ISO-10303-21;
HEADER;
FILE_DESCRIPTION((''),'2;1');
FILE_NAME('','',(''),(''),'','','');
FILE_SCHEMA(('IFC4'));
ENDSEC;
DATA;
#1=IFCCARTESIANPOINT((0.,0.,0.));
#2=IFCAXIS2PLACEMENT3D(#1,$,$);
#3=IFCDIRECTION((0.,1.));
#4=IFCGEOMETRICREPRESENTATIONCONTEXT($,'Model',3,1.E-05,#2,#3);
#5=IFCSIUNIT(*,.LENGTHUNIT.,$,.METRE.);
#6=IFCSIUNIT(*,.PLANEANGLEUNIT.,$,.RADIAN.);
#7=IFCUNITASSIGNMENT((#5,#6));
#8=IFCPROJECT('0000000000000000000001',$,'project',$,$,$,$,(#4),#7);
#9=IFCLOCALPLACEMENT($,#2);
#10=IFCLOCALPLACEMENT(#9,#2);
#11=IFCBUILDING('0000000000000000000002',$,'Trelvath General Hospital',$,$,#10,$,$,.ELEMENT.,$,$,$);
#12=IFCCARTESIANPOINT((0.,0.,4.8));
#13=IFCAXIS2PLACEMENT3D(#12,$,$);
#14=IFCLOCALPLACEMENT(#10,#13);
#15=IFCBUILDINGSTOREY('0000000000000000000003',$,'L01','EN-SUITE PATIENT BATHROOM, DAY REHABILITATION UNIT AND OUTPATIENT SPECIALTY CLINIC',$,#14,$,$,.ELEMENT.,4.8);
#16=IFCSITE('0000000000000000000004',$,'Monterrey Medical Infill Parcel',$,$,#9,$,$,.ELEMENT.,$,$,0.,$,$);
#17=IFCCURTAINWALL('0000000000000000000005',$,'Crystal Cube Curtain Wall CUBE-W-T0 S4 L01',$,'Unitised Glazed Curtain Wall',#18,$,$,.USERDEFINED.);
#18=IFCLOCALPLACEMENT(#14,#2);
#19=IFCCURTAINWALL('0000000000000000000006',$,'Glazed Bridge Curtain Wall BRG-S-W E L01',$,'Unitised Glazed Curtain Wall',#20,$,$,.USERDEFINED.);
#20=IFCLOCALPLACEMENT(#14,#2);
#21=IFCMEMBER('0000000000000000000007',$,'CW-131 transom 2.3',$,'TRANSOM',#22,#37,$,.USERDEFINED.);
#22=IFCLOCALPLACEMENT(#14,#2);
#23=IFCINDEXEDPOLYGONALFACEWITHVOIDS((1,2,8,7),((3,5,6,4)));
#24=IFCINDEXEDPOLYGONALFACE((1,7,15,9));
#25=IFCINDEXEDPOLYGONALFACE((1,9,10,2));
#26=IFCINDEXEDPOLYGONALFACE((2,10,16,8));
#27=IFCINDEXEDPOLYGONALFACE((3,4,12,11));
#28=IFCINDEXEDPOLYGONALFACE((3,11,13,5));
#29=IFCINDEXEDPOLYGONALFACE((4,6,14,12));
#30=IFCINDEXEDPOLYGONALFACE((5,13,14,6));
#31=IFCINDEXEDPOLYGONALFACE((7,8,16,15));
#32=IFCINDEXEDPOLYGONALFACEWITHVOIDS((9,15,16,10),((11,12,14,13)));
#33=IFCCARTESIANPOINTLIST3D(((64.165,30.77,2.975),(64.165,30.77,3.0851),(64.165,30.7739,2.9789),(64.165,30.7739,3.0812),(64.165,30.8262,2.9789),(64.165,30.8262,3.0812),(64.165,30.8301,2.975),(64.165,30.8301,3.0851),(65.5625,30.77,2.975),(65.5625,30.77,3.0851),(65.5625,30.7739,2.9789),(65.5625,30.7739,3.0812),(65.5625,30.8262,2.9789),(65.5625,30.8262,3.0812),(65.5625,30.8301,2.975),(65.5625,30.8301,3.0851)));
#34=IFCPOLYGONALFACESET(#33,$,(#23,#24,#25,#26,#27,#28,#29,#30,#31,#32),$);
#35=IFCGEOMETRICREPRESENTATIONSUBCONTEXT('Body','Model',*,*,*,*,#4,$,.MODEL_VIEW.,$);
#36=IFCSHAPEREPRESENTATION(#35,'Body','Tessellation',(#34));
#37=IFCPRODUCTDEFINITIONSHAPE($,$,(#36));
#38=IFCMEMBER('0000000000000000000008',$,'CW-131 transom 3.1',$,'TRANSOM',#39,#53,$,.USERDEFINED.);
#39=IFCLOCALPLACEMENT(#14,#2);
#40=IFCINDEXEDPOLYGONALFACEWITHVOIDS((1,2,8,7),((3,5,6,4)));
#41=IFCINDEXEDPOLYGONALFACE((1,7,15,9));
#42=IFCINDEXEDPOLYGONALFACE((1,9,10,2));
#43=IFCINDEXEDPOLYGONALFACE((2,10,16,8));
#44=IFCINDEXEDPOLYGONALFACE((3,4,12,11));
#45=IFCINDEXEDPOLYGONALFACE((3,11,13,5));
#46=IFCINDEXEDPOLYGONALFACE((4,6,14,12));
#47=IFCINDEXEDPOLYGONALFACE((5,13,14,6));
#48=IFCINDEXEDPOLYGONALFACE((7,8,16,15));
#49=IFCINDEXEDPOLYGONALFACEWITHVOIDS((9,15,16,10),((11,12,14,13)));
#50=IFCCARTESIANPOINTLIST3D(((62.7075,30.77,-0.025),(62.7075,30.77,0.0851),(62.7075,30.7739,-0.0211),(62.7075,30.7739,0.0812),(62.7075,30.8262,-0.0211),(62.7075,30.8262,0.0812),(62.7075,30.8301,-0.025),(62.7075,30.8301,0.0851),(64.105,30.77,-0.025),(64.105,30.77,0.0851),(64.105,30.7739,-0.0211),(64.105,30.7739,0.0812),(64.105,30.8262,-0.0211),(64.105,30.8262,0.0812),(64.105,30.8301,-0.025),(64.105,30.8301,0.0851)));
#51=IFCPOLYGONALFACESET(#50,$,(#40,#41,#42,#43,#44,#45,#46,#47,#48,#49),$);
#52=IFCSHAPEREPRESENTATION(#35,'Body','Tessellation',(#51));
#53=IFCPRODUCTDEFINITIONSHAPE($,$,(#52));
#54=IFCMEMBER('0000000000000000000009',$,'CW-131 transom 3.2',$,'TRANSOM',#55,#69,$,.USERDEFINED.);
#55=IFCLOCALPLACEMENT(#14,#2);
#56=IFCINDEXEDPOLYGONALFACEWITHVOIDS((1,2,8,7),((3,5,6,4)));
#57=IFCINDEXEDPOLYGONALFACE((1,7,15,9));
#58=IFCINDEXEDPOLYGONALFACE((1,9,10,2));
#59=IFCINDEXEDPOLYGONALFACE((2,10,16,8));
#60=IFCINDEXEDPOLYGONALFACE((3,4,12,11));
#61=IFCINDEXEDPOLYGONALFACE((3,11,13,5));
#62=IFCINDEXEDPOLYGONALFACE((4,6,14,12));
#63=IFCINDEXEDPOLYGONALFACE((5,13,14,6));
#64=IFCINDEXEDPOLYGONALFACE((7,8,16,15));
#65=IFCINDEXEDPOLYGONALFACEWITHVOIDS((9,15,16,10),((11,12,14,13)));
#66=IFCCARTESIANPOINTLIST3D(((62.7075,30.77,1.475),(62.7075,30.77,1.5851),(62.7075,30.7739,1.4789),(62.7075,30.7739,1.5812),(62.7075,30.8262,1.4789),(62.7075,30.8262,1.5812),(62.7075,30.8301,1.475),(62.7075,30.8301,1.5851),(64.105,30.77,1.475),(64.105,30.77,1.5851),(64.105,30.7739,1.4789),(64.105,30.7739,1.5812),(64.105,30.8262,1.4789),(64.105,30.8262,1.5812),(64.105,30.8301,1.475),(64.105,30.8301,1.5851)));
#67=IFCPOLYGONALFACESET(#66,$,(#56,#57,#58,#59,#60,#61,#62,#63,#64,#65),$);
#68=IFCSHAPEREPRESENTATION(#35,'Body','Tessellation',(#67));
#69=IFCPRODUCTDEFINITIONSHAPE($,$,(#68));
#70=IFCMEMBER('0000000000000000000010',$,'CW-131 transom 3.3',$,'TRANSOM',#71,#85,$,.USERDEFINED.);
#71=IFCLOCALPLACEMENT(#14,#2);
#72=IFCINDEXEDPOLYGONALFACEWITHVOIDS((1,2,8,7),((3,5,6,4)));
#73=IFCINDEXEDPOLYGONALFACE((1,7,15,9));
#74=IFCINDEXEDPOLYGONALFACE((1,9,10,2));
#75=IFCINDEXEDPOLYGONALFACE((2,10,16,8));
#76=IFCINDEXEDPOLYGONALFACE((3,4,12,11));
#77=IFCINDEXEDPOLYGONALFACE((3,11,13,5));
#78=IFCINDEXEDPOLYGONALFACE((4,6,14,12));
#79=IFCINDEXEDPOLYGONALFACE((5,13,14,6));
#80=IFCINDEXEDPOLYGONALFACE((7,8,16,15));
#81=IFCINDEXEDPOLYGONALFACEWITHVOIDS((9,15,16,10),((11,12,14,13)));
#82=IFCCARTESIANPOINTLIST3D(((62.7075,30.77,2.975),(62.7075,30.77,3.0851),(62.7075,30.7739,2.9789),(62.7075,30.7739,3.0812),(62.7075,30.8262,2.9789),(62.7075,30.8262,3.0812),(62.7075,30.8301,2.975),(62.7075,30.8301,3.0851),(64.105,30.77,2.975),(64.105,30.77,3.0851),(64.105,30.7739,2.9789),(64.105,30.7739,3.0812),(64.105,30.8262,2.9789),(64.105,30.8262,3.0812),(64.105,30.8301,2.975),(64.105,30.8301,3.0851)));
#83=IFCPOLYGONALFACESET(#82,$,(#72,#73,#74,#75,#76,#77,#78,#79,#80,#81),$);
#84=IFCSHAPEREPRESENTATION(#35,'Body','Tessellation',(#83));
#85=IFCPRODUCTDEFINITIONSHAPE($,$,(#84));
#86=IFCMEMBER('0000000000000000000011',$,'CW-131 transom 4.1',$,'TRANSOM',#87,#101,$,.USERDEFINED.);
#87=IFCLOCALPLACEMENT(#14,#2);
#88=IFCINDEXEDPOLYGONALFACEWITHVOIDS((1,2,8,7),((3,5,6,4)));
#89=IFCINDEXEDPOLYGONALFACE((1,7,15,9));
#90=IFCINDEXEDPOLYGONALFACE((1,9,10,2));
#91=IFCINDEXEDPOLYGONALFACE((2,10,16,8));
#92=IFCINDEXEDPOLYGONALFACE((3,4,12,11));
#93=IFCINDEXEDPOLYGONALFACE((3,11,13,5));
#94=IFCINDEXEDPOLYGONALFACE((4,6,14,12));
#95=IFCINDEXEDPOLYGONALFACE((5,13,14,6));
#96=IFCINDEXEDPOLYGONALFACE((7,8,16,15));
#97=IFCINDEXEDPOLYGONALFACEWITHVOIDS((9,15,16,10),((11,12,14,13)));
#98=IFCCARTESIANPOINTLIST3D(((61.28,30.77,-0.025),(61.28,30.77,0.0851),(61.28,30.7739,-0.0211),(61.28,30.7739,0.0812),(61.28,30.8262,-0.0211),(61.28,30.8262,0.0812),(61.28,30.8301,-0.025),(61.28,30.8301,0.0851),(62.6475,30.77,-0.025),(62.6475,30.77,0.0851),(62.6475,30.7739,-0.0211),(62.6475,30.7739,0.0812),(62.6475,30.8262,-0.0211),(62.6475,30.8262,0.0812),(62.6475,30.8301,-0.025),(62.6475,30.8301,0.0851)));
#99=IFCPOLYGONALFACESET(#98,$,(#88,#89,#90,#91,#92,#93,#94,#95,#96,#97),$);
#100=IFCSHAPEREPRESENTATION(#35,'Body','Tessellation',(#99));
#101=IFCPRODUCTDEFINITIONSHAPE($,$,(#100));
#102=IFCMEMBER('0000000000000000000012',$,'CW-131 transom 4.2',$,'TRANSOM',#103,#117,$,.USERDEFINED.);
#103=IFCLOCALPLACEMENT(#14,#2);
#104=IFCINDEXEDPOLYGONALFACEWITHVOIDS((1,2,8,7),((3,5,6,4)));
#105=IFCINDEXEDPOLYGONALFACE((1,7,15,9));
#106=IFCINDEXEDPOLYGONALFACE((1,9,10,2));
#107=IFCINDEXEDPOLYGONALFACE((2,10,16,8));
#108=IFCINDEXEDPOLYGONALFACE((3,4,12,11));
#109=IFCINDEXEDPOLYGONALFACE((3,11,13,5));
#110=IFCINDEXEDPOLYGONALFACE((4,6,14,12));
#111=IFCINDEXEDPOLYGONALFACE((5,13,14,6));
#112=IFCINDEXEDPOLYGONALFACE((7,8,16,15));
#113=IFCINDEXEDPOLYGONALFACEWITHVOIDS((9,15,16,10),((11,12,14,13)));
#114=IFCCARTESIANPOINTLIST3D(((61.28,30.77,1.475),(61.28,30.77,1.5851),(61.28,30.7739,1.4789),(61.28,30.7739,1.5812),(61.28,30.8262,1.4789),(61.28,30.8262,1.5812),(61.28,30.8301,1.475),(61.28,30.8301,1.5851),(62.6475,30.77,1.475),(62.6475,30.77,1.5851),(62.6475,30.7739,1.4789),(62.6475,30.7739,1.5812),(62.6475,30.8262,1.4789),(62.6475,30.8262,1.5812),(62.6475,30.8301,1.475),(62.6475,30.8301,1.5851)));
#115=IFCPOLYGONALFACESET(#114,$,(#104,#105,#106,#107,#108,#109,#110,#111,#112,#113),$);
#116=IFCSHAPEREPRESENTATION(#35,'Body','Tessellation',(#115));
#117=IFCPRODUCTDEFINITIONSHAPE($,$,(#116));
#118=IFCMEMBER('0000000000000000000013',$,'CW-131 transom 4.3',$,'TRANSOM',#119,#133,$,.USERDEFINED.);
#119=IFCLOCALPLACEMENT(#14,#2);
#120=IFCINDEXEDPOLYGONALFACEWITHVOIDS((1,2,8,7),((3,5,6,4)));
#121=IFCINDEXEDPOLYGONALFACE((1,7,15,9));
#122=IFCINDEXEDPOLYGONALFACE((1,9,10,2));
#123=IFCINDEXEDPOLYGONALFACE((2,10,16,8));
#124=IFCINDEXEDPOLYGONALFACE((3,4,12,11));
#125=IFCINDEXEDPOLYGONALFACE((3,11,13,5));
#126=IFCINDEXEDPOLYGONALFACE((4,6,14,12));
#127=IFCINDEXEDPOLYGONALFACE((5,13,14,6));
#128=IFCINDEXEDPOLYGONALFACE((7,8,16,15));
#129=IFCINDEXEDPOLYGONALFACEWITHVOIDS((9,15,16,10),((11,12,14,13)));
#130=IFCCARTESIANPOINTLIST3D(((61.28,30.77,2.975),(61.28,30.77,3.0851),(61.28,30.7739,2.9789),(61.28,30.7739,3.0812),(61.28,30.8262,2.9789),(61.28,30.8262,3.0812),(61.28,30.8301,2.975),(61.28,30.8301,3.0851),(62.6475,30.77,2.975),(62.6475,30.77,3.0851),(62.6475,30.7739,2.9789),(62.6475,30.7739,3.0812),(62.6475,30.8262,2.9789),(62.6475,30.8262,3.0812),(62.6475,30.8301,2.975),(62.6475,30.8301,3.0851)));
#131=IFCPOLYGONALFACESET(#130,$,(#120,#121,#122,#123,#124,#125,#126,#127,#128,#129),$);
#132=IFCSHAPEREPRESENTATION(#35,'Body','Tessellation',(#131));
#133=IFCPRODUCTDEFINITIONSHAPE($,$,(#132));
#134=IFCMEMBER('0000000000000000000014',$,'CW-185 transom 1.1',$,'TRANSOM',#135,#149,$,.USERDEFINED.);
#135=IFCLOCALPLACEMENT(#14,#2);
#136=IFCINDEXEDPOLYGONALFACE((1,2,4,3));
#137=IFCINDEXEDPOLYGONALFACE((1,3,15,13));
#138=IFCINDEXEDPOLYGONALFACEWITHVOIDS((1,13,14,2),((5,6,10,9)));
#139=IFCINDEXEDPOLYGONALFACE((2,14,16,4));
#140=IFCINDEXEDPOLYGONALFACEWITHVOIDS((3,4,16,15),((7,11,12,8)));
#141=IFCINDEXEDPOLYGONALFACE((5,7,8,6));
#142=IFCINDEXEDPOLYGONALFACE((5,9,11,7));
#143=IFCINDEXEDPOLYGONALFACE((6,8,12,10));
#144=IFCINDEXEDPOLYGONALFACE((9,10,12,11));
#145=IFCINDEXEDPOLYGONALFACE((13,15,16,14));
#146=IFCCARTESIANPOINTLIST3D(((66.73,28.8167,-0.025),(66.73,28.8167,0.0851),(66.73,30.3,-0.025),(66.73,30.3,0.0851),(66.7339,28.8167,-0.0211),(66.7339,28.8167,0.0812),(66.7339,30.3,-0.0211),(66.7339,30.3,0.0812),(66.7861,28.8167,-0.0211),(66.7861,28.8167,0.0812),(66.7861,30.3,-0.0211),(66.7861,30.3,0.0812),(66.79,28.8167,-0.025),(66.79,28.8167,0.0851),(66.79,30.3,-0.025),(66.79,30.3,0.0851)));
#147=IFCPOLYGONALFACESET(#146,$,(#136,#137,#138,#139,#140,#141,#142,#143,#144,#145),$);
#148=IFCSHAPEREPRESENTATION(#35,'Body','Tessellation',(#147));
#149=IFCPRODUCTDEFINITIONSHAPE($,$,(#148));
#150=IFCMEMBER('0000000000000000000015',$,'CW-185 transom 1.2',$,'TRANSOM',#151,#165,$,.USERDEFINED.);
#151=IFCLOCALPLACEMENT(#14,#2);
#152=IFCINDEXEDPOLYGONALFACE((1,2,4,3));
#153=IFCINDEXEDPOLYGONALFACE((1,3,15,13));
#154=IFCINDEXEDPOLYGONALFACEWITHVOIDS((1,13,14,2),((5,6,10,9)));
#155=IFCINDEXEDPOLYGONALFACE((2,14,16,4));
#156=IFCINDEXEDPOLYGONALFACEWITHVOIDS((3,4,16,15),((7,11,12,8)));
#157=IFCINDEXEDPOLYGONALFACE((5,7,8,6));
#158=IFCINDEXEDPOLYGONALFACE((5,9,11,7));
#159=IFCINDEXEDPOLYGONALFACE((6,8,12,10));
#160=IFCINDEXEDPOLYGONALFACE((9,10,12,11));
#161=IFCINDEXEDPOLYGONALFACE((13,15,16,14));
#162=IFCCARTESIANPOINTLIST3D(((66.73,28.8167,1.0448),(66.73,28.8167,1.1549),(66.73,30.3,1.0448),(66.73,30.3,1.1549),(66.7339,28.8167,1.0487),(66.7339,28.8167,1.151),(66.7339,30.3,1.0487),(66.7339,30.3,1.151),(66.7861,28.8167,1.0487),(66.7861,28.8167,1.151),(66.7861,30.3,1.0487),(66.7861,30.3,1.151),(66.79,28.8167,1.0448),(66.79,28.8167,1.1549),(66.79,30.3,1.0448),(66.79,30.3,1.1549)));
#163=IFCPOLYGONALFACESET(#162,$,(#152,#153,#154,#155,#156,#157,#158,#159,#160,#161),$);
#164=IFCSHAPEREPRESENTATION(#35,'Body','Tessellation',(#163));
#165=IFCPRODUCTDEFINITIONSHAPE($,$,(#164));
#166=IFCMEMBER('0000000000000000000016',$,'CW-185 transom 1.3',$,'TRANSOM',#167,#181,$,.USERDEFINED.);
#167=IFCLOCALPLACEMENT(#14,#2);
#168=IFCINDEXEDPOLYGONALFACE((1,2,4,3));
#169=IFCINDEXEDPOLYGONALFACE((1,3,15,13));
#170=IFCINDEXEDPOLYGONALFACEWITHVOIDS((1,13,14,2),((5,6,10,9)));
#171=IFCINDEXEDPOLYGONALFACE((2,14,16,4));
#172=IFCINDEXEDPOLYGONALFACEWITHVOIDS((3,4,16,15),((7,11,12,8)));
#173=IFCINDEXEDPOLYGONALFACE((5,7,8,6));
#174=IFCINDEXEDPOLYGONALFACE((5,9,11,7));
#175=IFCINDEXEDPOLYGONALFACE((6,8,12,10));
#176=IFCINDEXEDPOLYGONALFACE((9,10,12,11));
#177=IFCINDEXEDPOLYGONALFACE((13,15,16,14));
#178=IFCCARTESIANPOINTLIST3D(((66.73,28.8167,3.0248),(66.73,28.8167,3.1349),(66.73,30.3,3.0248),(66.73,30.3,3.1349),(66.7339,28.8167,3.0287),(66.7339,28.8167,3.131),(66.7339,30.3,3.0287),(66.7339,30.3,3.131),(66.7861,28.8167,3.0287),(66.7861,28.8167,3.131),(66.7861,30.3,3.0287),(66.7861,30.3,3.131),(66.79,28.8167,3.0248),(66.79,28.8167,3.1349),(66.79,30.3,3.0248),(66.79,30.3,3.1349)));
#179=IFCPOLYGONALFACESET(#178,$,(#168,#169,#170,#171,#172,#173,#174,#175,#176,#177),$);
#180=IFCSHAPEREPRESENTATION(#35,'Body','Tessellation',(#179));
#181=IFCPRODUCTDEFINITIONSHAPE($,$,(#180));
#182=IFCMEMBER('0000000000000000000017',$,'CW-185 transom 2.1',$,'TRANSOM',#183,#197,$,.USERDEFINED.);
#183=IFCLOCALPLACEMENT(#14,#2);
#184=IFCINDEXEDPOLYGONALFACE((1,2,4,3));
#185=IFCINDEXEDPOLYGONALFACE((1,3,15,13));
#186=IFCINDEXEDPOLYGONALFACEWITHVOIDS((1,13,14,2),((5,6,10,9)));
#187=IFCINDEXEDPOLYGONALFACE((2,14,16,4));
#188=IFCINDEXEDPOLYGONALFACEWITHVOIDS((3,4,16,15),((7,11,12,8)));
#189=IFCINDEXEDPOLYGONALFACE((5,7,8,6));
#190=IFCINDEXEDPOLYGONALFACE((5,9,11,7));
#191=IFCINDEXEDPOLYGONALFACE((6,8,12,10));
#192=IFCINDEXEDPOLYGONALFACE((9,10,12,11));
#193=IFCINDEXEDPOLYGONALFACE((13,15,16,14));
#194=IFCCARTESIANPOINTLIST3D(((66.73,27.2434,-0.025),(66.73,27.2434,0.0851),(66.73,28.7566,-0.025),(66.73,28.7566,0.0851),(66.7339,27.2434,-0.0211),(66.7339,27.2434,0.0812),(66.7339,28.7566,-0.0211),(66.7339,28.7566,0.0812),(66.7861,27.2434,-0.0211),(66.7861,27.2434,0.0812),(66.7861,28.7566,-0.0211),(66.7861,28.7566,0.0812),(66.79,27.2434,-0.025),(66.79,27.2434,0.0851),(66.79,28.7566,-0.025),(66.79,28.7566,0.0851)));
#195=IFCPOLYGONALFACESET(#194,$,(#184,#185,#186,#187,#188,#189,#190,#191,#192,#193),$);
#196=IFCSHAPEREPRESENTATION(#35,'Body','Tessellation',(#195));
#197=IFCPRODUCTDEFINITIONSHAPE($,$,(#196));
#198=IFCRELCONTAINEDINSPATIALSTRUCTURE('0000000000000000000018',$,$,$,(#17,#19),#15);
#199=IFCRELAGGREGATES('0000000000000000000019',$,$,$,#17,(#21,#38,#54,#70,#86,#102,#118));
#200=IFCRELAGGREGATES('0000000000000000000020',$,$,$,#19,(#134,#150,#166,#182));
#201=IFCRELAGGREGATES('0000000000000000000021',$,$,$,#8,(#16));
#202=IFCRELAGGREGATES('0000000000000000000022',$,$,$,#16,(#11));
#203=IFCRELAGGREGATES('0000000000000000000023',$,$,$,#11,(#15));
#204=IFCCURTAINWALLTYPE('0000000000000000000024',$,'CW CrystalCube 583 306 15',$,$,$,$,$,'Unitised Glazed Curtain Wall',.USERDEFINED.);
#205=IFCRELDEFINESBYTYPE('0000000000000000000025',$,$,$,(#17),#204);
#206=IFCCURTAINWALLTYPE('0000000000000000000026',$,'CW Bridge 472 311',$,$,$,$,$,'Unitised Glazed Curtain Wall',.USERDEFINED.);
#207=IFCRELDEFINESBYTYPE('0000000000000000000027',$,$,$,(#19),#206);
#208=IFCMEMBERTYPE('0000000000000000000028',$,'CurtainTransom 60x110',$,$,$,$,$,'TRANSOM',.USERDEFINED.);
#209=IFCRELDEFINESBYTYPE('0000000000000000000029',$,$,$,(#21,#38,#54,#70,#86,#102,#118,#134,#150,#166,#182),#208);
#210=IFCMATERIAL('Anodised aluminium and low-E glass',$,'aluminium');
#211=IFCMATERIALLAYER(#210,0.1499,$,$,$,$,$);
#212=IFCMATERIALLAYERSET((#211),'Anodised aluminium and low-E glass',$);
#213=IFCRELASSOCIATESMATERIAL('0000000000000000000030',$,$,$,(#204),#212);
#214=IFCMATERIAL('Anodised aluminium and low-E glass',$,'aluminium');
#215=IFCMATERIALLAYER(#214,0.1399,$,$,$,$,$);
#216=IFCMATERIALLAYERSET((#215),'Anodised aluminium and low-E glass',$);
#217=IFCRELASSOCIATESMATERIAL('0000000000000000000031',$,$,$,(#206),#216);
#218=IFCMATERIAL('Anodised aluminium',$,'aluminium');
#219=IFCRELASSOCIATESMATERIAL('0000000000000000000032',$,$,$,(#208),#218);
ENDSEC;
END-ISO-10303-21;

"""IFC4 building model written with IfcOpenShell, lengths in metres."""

from ifc_helpers import new_model, si_unit, direction, frame, origin, origin_2d, place, context, subcontext, project, spatial, hollow_rectangle, extrude, material, layer, layer_set, material_profile, profile_set, type_object, element, aggregate, save


model = new_model("IFC4")

# Units and contexts
model_context = context("Model", 3, precision=1e-05, world=origin(), true_north=direction((0.0, 1.0)))
body_context = subcontext(model_context, "Body", "Model", "MODEL_VIEW")
ifc_project = project(units=[si_unit("LENGTHUNIT", "METRE"), si_unit("PLANEANGLEUNIT", "RADIAN")], contexts=[model_context])

# Site, building, storey
site_placement = place(None, origin())
site = spatial("IfcSite", under=ifc_project, at=site_placement, Name="Monterrey Medical Infill Parcel", CompositionType="ELEMENT", RefElevation=0.0)
building_placement = place(site_placement, origin())
building = spatial("IfcBuilding", under=site, at=building_placement, Name="Trelvath General Hospital", CompositionType="ELEMENT")
storey_placement = place(building_placement, frame((0.0, 0.0, 4.8)))
storey = spatial("IfcBuildingStorey", under=building, at=storey_placement, Name="L01", Description="EN-SUITE PATIENT BATHROOM, DAY REHABILITATION UNIT AND OUTPATIENT SPECIALTY CLINIC", CompositionType="ELEMENT", Elevation=4.8)

# Curtain walls
ifc_material_1 = material(Name="Anodised aluminium and low-E glass", Category="aluminium")
ifc_layer_1 = layer(ifc_material_1, 0.1499)
ifc_layer_set_1 = layer_set([ifc_layer_1], Name="Anodised aluminium and low-E glass")
curtain_wall_type_1 = type_object("IfcCurtainWallType", Name="CW CrystalCube 583 306 15", ElementType="Unitised Glazed Curtain Wall", PredefinedType="USERDEFINED", material=ifc_layer_set_1)
curtain_wall_1_placement = place(storey_placement, origin())
curtain_wall_1 = element("IfcCurtainWall", 1, at=curtain_wall_1_placement, inside=storey, type_object=curtain_wall_type_1, Name="Crystal Cube Curtain Wall CUBE-W-T0 S4 L01", ObjectType="Unitised Glazed Curtain Wall", PredefinedType="USERDEFINED")
ifc_material_2 = material(Name="Anodised aluminium and low-E glass", Category="aluminium")
ifc_layer_2 = layer(ifc_material_2, 0.1399)
ifc_layer_set_2 = layer_set([ifc_layer_2], Name="Anodised aluminium and low-E glass")
curtain_wall_type_2 = type_object("IfcCurtainWallType", Name="CW Bridge 472 311", ElementType="Unitised Glazed Curtain Wall", PredefinedType="USERDEFINED", material=ifc_layer_set_2)
curtain_wall_2_placement = place(storey_placement, origin())
curtain_wall_2 = element("IfcCurtainWall", 2, at=curtain_wall_2_placement, inside=storey, type_object=curtain_wall_type_2, Name="Glazed Bridge Curtain Wall BRG-S-W E L01", ObjectType="Unitised Glazed Curtain Wall", PredefinedType="USERDEFINED")

# Members
ifc_material_3 = material(Name="Anodised aluminium", Category="aluminium")
ifc_material_profile_1 = material_profile(ifc_material_3, hollow_rectangle(XDim=0.0601, YDim=0.1101, WallThickness=0.0039, at=origin_2d()), Name="RHS60x110x4")
ifc_profile_set_1 = profile_set([ifc_material_profile_1], Name="Anodised aluminium")
member_type_1 = type_object("IfcMemberType", Name="CurtainTransom 60x110", ElementType="TRANSOM", PredefinedType="USERDEFINED", material=ifc_profile_set_1)
member_1_placement = place(storey_placement, frame((65.5625, 30.8, 3.03), z_axis=(-1.0, 0.0, 0.0), x_axis=(0.0, -1.0, 0.0)))
member_1 = element("IfcMember", 3, at=member_1_placement, type_object=member_type_1, Name="CW-131 transom 2.3", ObjectType="TRANSOM", PredefinedType="USERDEFINED", context=body_context, shape_type="SweptSolid", body=[
    extrude(hollow_rectangle(XDim=0.0601, YDim=0.1101, WallThickness=0.0039, at=origin_2d()), origin(), (0.0, 0.0, 1.0), 1.3975),
])
member_2_placement = place(storey_placement, frame((64.105, 30.8, 0.03), z_axis=(-1.0, 0.0, 0.0), x_axis=(0.0, -1.0, 0.0)))
member_2 = element("IfcMember", 4, at=member_2_placement, type_object=member_type_1, Name="CW-131 transom 3.1", ObjectType="TRANSOM", PredefinedType="USERDEFINED", context=body_context, shape_type="SweptSolid", body=[
    extrude(hollow_rectangle(XDim=0.0601, YDim=0.1101, WallThickness=0.0039, at=origin_2d()), origin(), (0.0, 0.0, 1.0), 1.3975),
])
member_3_placement = place(storey_placement, frame((64.105, 30.8, 1.53), z_axis=(-1.0, 0.0, 0.0), x_axis=(0.0, -1.0, 0.0)))
member_3 = element("IfcMember", 5, at=member_3_placement, type_object=member_type_1, Name="CW-131 transom 3.2", ObjectType="TRANSOM", PredefinedType="USERDEFINED", context=body_context, shape_type="SweptSolid", body=[
    extrude(hollow_rectangle(XDim=0.0601, YDim=0.1101, WallThickness=0.0039, at=origin_2d()), origin(), (0.0, 0.0, 1.0), 1.3975),
])
member_4_placement = place(storey_placement, frame((64.105, 30.8, 3.03), z_axis=(-1.0, 0.0, 0.0), x_axis=(0.0, -1.0, 0.0)))
member_4 = element("IfcMember", 6, at=member_4_placement, type_object=member_type_1, Name="CW-131 transom 3.3", ObjectType="TRANSOM", PredefinedType="USERDEFINED", context=body_context, shape_type="SweptSolid", body=[
    extrude(hollow_rectangle(XDim=0.0601, YDim=0.1101, WallThickness=0.0039, at=origin_2d()), origin(), (0.0, 0.0, 1.0), 1.3975),
])
member_5_placement = place(storey_placement, frame((62.6475, 30.8, 0.03), z_axis=(-1.0, 0.0, 0.0), x_axis=(0.0, -1.0, 0.0)))
member_5 = element("IfcMember", 7, at=member_5_placement, type_object=member_type_1, Name="CW-131 transom 4.1", ObjectType="TRANSOM", PredefinedType="USERDEFINED", context=body_context, shape_type="SweptSolid", body=[
    extrude(hollow_rectangle(XDim=0.0601, YDim=0.1101, WallThickness=0.0039, at=origin_2d()), origin(), (0.0, 0.0, 1.0), 1.3674),
])
member_6_placement = place(storey_placement, frame((62.6475, 30.8, 1.53), z_axis=(-1.0, 0.0, 0.0), x_axis=(0.0, -1.0, 0.0)))
member_6 = element("IfcMember", 8, at=member_6_placement, type_object=member_type_1, Name="CW-131 transom 4.2", ObjectType="TRANSOM", PredefinedType="USERDEFINED", context=body_context, shape_type="SweptSolid", body=[
    extrude(hollow_rectangle(XDim=0.0601, YDim=0.1101, WallThickness=0.0039, at=origin_2d()), origin(), (0.0, 0.0, 1.0), 1.3674),
])
member_7_placement = place(storey_placement, frame((62.6475, 30.8, 3.03), z_axis=(-1.0, 0.0, 0.0), x_axis=(0.0, -1.0, 0.0)))
member_7 = element("IfcMember", 9, at=member_7_placement, type_object=member_type_1, Name="CW-131 transom 4.3", ObjectType="TRANSOM", PredefinedType="USERDEFINED", context=body_context, shape_type="SweptSolid", body=[
    extrude(hollow_rectangle(XDim=0.0601, YDim=0.1101, WallThickness=0.0039, at=origin_2d()), origin(), (0.0, 0.0, 1.0), 1.3674),
])
member_8_placement = place(storey_placement, frame((66.76, 30.3, 0.03), z_axis=(0.0, -1.0, 0.0), x_axis=(1.0, 0.0, 0.0)))
member_8 = element("IfcMember", 10, at=member_8_placement, type_object=member_type_1, Name="CW-185 transom 1.1", ObjectType="TRANSOM", PredefinedType="USERDEFINED", context=body_context, shape_type="SweptSolid", body=[
    extrude(hollow_rectangle(XDim=0.0601, YDim=0.1101, WallThickness=0.0039, at=origin_2d()), origin(), (0.0, 0.0, 1.0), 1.4834),
])
member_9_placement = place(storey_placement, frame((66.76, 30.3, 1.0999), z_axis=(0.0, -1.0, 0.0), x_axis=(1.0, 0.0, 0.0)))
member_9 = element("IfcMember", 11, at=member_9_placement, type_object=member_type_1, Name="CW-185 transom 1.2", ObjectType="TRANSOM", PredefinedType="USERDEFINED", context=body_context, shape_type="SweptSolid", body=[
    extrude(hollow_rectangle(XDim=0.0601, YDim=0.1101, WallThickness=0.0039, at=origin_2d()), origin(), (0.0, 0.0, 1.0), 1.4834),
])
member_10_placement = place(storey_placement, frame((66.76, 30.3, 3.0798), z_axis=(0.0, -1.0, 0.0), x_axis=(1.0, 0.0, 0.0)))
member_10 = element("IfcMember", 12, at=member_10_placement, type_object=member_type_1, Name="CW-185 transom 1.3", ObjectType="TRANSOM", PredefinedType="USERDEFINED", context=body_context, shape_type="SweptSolid", body=[
    extrude(hollow_rectangle(XDim=0.0601, YDim=0.1101, WallThickness=0.0039, at=origin_2d()), origin(), (0.0, 0.0, 1.0), 1.4834),
])
member_11_placement = place(storey_placement, frame((66.76, 28.7566, 0.03), z_axis=(0.0, -1.0, 0.0), x_axis=(1.0, 0.0, 0.0)))
member_11 = element("IfcMember", 13, at=member_11_placement, type_object=member_type_1, Name="CW-185 transom 2.1", ObjectType="TRANSOM", PredefinedType="USERDEFINED", context=body_context, shape_type="SweptSolid", body=[
    extrude(hollow_rectangle(XDim=0.0601, YDim=0.1101, WallThickness=0.0039, at=origin_2d()), origin(), (0.0, 0.0, 1.0), 1.5132),
])

aggregate(curtain_wall_1, [member_1, member_2, member_3, member_4, member_5, member_6, member_7])
aggregate(curtain_wall_2, [member_8, member_9, member_10, member_11])

save(model, "model.ifc")
